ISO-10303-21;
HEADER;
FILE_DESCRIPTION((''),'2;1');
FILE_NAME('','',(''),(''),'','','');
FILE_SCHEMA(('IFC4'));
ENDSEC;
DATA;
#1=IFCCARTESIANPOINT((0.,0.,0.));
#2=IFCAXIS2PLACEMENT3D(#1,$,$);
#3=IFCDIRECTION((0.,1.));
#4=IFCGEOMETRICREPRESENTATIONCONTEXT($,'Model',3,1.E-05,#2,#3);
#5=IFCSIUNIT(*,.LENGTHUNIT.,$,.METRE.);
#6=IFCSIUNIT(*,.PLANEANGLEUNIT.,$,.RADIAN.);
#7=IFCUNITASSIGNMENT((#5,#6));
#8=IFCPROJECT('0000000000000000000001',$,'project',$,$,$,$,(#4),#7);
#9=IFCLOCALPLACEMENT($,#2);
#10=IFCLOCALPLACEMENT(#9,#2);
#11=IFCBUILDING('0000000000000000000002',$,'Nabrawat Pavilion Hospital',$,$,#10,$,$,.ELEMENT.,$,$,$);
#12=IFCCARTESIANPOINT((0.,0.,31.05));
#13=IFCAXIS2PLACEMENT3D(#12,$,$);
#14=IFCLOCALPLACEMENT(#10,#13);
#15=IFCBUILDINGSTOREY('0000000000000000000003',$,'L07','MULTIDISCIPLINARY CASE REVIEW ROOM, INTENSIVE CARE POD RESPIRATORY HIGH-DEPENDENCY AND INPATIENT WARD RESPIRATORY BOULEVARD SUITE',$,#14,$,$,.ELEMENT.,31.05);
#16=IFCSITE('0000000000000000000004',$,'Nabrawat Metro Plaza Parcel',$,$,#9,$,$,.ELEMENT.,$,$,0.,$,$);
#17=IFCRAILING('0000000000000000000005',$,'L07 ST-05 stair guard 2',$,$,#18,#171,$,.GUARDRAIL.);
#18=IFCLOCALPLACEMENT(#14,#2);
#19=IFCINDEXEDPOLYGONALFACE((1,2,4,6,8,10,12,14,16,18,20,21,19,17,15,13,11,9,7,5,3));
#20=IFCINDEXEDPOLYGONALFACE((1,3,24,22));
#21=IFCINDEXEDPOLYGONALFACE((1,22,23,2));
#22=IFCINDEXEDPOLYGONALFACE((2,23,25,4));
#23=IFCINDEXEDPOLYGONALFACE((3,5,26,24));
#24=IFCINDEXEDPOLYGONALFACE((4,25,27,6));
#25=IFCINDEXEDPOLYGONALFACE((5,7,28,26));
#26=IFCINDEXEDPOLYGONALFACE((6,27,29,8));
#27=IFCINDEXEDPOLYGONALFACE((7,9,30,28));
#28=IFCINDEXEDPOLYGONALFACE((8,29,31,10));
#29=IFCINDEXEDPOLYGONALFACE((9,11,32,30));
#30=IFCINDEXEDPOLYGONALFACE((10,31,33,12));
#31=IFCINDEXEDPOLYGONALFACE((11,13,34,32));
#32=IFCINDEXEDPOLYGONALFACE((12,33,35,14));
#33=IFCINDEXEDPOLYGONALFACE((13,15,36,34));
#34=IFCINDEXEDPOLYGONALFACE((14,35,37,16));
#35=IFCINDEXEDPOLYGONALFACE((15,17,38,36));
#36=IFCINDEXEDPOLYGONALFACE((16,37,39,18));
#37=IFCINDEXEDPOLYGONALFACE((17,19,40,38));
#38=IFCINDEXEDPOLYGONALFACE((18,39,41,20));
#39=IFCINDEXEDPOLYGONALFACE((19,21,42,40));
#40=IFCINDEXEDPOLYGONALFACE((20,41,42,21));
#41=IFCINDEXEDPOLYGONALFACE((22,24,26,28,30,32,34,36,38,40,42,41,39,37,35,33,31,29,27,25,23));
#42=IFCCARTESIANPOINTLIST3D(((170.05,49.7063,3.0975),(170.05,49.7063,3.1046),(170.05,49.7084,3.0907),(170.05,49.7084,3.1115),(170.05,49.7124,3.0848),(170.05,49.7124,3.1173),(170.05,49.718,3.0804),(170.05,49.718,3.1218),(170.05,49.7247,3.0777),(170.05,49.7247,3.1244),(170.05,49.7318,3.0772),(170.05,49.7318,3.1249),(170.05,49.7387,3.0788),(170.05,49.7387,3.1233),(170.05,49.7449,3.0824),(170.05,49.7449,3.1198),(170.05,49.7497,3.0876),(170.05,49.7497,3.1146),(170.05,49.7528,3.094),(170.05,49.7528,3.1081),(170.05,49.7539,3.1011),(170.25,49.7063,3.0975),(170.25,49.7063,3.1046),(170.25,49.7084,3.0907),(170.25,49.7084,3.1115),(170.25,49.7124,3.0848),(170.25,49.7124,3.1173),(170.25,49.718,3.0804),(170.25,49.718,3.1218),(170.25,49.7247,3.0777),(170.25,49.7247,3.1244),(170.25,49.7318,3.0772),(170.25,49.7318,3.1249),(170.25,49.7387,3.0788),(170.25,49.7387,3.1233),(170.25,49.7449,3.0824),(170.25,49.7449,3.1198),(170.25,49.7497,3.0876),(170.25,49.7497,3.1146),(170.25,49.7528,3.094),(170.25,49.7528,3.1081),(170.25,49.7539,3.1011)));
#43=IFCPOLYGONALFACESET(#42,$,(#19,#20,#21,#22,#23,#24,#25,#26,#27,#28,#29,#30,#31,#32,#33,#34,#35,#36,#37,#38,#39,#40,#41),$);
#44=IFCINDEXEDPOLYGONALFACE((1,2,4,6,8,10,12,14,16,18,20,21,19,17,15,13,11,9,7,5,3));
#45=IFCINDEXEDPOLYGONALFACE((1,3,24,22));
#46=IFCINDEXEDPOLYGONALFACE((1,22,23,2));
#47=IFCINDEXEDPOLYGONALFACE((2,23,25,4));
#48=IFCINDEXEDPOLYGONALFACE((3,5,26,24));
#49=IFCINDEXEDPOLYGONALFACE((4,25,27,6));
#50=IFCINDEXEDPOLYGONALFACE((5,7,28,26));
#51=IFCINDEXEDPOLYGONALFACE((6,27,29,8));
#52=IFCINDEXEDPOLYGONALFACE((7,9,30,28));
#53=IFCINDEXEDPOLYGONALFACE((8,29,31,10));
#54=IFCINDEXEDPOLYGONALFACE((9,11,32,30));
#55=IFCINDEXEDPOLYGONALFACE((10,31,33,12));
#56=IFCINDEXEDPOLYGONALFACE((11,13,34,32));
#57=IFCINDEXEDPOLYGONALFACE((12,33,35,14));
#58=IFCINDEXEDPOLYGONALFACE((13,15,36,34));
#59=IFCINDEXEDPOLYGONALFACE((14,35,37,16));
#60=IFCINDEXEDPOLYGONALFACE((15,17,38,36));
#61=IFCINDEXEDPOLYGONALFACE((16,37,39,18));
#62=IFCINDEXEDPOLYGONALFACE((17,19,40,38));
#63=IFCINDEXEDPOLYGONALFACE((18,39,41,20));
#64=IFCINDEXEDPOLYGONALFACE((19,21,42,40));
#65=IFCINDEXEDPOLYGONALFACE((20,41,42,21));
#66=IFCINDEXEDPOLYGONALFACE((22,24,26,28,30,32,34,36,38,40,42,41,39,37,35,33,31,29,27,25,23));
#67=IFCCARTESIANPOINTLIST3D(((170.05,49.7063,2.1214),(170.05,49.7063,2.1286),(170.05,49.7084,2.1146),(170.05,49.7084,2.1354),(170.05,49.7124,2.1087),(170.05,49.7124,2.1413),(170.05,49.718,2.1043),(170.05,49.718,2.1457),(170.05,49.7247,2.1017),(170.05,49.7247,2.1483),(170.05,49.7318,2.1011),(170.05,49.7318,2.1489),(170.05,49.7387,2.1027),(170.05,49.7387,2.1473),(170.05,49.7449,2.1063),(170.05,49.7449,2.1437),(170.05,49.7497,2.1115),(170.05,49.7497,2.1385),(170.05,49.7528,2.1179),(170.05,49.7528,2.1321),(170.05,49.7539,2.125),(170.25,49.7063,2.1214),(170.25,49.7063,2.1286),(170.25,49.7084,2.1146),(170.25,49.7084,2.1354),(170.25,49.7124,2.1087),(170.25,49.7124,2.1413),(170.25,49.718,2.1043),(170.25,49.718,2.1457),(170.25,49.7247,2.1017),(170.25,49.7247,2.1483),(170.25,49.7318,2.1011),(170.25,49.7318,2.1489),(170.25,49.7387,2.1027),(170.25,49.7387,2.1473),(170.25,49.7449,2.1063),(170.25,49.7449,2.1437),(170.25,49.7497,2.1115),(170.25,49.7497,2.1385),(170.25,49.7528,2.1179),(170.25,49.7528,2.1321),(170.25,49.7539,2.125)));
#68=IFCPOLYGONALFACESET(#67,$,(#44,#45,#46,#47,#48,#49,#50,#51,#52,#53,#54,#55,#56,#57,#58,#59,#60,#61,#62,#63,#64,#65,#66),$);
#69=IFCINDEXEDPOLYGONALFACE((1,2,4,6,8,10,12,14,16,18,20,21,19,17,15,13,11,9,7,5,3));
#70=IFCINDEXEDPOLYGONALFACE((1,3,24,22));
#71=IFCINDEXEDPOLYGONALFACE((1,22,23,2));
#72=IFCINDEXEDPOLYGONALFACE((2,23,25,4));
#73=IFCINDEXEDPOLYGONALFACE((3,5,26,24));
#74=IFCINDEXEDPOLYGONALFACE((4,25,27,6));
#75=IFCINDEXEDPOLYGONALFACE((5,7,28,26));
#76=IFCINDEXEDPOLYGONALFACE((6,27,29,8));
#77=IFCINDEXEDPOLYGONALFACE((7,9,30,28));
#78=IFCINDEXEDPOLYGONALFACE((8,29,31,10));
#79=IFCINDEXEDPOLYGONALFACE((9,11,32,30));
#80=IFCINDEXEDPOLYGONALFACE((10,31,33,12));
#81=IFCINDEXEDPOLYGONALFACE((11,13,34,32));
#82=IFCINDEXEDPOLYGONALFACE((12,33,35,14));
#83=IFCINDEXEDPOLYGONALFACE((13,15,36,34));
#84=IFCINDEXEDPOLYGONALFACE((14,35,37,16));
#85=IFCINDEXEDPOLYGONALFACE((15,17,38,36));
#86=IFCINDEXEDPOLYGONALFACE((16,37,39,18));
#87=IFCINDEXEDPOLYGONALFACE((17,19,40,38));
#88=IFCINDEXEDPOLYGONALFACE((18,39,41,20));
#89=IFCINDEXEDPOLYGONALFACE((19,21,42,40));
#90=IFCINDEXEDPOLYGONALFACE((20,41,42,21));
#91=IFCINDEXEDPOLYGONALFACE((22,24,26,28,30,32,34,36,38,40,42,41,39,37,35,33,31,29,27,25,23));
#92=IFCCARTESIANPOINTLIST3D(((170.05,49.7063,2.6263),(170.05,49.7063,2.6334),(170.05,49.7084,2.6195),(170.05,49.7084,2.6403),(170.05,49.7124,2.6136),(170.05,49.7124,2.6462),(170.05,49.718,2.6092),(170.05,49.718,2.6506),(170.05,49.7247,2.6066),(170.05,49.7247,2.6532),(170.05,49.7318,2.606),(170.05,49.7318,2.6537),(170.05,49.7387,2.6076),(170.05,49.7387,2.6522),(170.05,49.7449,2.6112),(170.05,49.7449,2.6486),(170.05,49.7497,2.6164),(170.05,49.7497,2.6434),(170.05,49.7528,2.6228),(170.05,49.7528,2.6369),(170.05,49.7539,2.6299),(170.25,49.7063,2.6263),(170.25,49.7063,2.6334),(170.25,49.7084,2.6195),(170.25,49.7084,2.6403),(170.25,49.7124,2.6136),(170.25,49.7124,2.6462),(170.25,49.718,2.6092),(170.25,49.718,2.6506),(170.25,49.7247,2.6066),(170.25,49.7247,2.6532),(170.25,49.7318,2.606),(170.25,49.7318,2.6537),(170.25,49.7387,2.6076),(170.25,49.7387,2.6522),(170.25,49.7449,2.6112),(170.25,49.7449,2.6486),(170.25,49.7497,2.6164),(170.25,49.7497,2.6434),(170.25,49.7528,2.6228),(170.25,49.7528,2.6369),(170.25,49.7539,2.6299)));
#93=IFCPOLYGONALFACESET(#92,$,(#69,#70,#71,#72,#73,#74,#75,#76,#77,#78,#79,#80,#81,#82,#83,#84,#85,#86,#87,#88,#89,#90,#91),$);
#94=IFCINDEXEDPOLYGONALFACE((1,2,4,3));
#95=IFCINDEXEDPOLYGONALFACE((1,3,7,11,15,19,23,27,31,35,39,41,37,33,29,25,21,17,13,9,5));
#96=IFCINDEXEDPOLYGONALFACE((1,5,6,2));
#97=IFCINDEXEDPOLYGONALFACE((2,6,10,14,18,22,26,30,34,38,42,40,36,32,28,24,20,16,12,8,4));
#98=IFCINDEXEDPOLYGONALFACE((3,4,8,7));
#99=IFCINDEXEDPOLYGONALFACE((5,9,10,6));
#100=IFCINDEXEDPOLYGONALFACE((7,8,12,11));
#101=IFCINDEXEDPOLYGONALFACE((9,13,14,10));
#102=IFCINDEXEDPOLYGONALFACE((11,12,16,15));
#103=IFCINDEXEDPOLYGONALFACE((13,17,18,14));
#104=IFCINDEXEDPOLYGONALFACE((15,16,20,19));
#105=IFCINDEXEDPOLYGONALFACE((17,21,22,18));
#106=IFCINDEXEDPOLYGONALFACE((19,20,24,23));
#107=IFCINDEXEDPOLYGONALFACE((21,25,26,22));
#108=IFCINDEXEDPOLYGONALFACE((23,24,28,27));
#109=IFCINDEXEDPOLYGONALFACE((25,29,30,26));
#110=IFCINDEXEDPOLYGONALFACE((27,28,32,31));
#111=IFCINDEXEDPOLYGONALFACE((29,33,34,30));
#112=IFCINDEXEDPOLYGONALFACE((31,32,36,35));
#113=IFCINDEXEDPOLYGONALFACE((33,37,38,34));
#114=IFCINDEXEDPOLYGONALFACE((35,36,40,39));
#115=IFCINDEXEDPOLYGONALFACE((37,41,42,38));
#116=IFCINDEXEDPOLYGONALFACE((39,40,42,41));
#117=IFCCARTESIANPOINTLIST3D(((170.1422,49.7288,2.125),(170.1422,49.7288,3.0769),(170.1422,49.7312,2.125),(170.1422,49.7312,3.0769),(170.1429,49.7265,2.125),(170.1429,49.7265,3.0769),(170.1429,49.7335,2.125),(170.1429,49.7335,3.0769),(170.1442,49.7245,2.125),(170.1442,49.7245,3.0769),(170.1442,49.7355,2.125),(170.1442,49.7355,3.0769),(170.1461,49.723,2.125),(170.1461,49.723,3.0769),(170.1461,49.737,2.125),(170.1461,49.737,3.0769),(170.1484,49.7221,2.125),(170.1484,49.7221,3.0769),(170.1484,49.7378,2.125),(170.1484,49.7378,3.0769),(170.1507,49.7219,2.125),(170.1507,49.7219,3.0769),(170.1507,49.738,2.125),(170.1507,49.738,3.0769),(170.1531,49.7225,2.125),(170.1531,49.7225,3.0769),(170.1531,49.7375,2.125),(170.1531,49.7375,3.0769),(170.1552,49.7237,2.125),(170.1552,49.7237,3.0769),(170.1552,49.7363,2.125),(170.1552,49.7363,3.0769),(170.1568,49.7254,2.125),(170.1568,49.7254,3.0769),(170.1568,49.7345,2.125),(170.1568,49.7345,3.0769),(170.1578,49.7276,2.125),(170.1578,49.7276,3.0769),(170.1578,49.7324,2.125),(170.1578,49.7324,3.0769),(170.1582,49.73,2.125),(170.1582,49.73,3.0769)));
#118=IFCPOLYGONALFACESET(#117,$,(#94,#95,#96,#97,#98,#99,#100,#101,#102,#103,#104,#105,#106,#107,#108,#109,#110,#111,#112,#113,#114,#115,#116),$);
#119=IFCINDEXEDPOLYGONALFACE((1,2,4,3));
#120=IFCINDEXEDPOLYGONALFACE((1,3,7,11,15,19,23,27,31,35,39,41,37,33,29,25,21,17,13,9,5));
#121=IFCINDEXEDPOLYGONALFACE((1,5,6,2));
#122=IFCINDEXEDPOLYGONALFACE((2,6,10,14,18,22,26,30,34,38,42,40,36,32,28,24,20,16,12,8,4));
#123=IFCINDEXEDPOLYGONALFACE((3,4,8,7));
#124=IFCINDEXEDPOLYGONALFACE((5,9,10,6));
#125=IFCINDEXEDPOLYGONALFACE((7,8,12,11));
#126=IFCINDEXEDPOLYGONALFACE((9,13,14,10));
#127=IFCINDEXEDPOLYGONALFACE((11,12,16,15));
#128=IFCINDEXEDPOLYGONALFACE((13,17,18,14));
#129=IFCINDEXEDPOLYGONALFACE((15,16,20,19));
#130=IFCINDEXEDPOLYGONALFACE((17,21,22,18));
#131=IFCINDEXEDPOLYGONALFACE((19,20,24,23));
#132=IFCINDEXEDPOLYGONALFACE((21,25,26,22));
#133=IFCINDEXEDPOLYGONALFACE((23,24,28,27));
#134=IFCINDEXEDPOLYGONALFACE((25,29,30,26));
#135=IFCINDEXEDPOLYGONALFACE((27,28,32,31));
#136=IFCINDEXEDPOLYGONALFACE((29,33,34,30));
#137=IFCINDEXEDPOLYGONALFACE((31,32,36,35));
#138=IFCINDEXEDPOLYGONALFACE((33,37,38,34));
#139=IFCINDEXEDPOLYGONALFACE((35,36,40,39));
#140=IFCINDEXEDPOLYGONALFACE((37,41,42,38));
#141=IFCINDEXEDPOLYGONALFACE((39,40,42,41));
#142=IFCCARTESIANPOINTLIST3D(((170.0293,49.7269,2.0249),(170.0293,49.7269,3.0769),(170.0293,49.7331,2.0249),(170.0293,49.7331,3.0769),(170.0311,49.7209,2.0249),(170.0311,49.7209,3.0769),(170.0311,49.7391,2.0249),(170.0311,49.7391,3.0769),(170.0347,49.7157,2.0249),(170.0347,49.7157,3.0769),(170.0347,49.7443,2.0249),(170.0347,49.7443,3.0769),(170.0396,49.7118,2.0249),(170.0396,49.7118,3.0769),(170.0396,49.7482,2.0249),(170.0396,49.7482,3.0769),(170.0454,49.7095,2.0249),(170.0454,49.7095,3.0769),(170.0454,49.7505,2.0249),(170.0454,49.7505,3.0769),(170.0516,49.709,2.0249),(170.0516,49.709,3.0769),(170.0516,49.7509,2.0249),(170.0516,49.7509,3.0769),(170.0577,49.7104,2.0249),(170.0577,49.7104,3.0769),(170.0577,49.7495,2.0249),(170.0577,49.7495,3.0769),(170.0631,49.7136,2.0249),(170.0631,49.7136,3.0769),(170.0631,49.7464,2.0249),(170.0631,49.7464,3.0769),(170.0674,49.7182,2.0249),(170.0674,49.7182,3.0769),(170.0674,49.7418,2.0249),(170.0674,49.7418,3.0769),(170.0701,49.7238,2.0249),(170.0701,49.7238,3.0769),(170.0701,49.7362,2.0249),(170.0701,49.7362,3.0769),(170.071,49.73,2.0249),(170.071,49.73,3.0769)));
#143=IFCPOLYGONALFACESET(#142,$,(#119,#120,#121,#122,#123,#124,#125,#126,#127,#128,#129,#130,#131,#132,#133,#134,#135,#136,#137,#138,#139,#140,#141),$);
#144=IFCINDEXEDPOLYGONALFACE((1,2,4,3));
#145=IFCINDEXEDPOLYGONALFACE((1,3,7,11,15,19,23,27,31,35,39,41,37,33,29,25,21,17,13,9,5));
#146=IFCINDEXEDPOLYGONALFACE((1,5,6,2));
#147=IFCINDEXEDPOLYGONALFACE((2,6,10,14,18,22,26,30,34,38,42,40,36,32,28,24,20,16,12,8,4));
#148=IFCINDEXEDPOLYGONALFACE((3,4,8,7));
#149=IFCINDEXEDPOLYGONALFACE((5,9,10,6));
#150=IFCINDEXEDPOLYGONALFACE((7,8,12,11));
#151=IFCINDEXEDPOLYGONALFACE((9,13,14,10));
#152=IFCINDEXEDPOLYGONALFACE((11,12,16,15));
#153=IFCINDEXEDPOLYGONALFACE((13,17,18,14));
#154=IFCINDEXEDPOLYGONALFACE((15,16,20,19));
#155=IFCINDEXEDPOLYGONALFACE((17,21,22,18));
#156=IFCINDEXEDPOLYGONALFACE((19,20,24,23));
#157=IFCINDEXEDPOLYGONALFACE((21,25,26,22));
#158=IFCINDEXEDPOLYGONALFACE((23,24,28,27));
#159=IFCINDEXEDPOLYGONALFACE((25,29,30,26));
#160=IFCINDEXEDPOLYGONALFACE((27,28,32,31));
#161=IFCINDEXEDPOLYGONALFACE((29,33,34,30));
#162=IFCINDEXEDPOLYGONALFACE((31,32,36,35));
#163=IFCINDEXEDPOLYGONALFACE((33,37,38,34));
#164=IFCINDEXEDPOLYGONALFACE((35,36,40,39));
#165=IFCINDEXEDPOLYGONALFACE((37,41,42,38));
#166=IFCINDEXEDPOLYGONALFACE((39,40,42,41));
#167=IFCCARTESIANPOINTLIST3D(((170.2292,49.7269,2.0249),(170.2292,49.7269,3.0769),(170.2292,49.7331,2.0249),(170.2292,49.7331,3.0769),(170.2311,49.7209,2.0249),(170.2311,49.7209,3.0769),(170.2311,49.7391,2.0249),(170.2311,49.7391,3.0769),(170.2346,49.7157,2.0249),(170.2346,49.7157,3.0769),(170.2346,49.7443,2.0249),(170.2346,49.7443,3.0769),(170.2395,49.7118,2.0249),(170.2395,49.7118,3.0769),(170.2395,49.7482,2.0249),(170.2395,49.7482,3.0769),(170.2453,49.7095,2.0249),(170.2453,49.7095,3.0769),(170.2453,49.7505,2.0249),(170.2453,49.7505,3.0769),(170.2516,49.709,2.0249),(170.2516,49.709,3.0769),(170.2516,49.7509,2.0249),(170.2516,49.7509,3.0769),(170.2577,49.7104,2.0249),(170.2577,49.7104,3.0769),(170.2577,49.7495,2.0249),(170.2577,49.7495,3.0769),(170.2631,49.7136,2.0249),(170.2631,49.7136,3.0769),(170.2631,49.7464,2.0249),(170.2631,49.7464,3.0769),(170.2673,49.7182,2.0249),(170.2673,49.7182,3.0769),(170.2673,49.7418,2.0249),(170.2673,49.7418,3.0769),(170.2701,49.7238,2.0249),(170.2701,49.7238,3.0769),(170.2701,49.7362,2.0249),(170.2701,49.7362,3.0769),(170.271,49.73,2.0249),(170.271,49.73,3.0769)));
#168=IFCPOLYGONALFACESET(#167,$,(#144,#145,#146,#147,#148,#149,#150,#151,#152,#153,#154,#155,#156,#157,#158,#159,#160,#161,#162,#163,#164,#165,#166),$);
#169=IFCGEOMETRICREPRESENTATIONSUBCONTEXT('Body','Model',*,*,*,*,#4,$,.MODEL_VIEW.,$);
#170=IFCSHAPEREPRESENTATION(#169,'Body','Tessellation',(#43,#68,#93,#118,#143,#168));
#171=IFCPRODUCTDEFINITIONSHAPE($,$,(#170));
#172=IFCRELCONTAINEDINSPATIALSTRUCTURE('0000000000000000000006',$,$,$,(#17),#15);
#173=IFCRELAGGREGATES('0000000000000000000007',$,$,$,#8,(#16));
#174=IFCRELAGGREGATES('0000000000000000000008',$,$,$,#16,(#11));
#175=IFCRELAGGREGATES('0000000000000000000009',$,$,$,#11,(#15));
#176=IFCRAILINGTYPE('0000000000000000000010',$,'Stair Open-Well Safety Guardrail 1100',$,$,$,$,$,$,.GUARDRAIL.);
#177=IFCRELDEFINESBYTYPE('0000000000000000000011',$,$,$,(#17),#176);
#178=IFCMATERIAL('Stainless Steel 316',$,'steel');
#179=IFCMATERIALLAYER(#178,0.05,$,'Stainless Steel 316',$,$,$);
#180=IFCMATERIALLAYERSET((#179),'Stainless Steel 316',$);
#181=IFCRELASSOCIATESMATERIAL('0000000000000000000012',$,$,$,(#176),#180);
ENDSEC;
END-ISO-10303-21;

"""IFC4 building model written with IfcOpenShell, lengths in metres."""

from ifc_helpers import new_model, si_unit, direction, frame, origin, origin_2d, place, context, subcontext, project, spatial, circle, extrude, material, layer, layer_set, type_object, element, save


model = new_model("IFC4")

# Units and contexts
model_context = context("Model", 3, precision=1e-05, world=origin(), true_north=direction((0.0, 1.0)))
body_context = subcontext(model_context, "Body", "Model", "MODEL_VIEW")
ifc_project = project(units=[si_unit("LENGTHUNIT", "METRE"), si_unit("PLANEANGLEUNIT", "RADIAN")], contexts=[model_context])

# Site, building, storey
site_placement = place(None, origin())
site = spatial("IfcSite", under=ifc_project, at=site_placement, Name="Nabrawat Metro Plaza Parcel", CompositionType="ELEMENT", RefElevation=0.0)
building_placement = place(site_placement, origin())
building = spatial("IfcBuilding", under=site, at=building_placement, Name="Nabrawat Pavilion Hospital", CompositionType="ELEMENT")
storey_placement = place(building_placement, frame((0.0, 0.0, 31.05)))
storey = spatial("IfcBuildingStorey", under=building, at=storey_placement, Name="L07", Description="MULTIDISCIPLINARY CASE REVIEW ROOM, INTENSIVE CARE POD RESPIRATORY HIGH-DEPENDENCY AND INPATIENT WARD RESPIRATORY BOULEVARD SUITE", CompositionType="ELEMENT", Elevation=31.05)

# Railing
ifc_material_1 = material(Name="Stainless Steel 316", Category="steel")
ifc_layer_1 = layer(ifc_material_1, 0.05, Name="Stainless Steel 316")
ifc_layer_set_1 = layer_set([ifc_layer_1], Name="Stainless Steel 316")
railing_type_1 = type_object("IfcRailingType", Name="Stair Open-Well Safety Guardrail 1100", PredefinedType="GUARDRAIL", material=ifc_layer_set_1)
railing_1_placement = place(storey_placement, frame((170.05, 49.73, 2.0249)))
element("IfcRailing", 1, at=railing_1_placement, inside=storey, type_object=railing_type_1, Name="L07 ST-05 stair guard 2", PredefinedType="GUARDRAIL", context=body_context, shape_type="SweptSolid", body=[
    extrude(circle(Radius=0.0239, at=origin_2d()), frame((0.0, 0.0, 1.0762), z_axis=(1.0, 0.0, 0.0), x_axis=(0.0, 1.0, 0.0)), (0.0, 0.0, 1.0), 0.2),
    extrude(circle(Radius=0.0239, at=origin_2d()), frame((0.0, 0.0, 0.1001), z_axis=(1.0, 0.0, 0.0), x_axis=(0.0, 1.0, 0.0)), (0.0, 0.0, 1.0), 0.2),
    extrude(circle(Radius=0.0239, at=origin_2d()), frame((0.0, 0.0, 0.605), z_axis=(1.0, 0.0, 0.0), x_axis=(0.0, 1.0, 0.0)), (0.0, 0.0, 1.0), 0.2),
    extrude(circle(Radius=0.0081, at=origin_2d()), frame((0.1001, 0.0, 0.1001)), (0.0, 0.0, 1.0), 0.9519),
    extrude(circle(Radius=0.021, at=origin_2d()), origin(), (0.0, 0.0, 1.0), 1.052),
    extrude(circle(Radius=0.021, at=origin_2d()), frame((0.2, 0.0, 0.0)), (0.0, 0.0, 1.0), 1.052),
])

save(model, "model.ifc")
